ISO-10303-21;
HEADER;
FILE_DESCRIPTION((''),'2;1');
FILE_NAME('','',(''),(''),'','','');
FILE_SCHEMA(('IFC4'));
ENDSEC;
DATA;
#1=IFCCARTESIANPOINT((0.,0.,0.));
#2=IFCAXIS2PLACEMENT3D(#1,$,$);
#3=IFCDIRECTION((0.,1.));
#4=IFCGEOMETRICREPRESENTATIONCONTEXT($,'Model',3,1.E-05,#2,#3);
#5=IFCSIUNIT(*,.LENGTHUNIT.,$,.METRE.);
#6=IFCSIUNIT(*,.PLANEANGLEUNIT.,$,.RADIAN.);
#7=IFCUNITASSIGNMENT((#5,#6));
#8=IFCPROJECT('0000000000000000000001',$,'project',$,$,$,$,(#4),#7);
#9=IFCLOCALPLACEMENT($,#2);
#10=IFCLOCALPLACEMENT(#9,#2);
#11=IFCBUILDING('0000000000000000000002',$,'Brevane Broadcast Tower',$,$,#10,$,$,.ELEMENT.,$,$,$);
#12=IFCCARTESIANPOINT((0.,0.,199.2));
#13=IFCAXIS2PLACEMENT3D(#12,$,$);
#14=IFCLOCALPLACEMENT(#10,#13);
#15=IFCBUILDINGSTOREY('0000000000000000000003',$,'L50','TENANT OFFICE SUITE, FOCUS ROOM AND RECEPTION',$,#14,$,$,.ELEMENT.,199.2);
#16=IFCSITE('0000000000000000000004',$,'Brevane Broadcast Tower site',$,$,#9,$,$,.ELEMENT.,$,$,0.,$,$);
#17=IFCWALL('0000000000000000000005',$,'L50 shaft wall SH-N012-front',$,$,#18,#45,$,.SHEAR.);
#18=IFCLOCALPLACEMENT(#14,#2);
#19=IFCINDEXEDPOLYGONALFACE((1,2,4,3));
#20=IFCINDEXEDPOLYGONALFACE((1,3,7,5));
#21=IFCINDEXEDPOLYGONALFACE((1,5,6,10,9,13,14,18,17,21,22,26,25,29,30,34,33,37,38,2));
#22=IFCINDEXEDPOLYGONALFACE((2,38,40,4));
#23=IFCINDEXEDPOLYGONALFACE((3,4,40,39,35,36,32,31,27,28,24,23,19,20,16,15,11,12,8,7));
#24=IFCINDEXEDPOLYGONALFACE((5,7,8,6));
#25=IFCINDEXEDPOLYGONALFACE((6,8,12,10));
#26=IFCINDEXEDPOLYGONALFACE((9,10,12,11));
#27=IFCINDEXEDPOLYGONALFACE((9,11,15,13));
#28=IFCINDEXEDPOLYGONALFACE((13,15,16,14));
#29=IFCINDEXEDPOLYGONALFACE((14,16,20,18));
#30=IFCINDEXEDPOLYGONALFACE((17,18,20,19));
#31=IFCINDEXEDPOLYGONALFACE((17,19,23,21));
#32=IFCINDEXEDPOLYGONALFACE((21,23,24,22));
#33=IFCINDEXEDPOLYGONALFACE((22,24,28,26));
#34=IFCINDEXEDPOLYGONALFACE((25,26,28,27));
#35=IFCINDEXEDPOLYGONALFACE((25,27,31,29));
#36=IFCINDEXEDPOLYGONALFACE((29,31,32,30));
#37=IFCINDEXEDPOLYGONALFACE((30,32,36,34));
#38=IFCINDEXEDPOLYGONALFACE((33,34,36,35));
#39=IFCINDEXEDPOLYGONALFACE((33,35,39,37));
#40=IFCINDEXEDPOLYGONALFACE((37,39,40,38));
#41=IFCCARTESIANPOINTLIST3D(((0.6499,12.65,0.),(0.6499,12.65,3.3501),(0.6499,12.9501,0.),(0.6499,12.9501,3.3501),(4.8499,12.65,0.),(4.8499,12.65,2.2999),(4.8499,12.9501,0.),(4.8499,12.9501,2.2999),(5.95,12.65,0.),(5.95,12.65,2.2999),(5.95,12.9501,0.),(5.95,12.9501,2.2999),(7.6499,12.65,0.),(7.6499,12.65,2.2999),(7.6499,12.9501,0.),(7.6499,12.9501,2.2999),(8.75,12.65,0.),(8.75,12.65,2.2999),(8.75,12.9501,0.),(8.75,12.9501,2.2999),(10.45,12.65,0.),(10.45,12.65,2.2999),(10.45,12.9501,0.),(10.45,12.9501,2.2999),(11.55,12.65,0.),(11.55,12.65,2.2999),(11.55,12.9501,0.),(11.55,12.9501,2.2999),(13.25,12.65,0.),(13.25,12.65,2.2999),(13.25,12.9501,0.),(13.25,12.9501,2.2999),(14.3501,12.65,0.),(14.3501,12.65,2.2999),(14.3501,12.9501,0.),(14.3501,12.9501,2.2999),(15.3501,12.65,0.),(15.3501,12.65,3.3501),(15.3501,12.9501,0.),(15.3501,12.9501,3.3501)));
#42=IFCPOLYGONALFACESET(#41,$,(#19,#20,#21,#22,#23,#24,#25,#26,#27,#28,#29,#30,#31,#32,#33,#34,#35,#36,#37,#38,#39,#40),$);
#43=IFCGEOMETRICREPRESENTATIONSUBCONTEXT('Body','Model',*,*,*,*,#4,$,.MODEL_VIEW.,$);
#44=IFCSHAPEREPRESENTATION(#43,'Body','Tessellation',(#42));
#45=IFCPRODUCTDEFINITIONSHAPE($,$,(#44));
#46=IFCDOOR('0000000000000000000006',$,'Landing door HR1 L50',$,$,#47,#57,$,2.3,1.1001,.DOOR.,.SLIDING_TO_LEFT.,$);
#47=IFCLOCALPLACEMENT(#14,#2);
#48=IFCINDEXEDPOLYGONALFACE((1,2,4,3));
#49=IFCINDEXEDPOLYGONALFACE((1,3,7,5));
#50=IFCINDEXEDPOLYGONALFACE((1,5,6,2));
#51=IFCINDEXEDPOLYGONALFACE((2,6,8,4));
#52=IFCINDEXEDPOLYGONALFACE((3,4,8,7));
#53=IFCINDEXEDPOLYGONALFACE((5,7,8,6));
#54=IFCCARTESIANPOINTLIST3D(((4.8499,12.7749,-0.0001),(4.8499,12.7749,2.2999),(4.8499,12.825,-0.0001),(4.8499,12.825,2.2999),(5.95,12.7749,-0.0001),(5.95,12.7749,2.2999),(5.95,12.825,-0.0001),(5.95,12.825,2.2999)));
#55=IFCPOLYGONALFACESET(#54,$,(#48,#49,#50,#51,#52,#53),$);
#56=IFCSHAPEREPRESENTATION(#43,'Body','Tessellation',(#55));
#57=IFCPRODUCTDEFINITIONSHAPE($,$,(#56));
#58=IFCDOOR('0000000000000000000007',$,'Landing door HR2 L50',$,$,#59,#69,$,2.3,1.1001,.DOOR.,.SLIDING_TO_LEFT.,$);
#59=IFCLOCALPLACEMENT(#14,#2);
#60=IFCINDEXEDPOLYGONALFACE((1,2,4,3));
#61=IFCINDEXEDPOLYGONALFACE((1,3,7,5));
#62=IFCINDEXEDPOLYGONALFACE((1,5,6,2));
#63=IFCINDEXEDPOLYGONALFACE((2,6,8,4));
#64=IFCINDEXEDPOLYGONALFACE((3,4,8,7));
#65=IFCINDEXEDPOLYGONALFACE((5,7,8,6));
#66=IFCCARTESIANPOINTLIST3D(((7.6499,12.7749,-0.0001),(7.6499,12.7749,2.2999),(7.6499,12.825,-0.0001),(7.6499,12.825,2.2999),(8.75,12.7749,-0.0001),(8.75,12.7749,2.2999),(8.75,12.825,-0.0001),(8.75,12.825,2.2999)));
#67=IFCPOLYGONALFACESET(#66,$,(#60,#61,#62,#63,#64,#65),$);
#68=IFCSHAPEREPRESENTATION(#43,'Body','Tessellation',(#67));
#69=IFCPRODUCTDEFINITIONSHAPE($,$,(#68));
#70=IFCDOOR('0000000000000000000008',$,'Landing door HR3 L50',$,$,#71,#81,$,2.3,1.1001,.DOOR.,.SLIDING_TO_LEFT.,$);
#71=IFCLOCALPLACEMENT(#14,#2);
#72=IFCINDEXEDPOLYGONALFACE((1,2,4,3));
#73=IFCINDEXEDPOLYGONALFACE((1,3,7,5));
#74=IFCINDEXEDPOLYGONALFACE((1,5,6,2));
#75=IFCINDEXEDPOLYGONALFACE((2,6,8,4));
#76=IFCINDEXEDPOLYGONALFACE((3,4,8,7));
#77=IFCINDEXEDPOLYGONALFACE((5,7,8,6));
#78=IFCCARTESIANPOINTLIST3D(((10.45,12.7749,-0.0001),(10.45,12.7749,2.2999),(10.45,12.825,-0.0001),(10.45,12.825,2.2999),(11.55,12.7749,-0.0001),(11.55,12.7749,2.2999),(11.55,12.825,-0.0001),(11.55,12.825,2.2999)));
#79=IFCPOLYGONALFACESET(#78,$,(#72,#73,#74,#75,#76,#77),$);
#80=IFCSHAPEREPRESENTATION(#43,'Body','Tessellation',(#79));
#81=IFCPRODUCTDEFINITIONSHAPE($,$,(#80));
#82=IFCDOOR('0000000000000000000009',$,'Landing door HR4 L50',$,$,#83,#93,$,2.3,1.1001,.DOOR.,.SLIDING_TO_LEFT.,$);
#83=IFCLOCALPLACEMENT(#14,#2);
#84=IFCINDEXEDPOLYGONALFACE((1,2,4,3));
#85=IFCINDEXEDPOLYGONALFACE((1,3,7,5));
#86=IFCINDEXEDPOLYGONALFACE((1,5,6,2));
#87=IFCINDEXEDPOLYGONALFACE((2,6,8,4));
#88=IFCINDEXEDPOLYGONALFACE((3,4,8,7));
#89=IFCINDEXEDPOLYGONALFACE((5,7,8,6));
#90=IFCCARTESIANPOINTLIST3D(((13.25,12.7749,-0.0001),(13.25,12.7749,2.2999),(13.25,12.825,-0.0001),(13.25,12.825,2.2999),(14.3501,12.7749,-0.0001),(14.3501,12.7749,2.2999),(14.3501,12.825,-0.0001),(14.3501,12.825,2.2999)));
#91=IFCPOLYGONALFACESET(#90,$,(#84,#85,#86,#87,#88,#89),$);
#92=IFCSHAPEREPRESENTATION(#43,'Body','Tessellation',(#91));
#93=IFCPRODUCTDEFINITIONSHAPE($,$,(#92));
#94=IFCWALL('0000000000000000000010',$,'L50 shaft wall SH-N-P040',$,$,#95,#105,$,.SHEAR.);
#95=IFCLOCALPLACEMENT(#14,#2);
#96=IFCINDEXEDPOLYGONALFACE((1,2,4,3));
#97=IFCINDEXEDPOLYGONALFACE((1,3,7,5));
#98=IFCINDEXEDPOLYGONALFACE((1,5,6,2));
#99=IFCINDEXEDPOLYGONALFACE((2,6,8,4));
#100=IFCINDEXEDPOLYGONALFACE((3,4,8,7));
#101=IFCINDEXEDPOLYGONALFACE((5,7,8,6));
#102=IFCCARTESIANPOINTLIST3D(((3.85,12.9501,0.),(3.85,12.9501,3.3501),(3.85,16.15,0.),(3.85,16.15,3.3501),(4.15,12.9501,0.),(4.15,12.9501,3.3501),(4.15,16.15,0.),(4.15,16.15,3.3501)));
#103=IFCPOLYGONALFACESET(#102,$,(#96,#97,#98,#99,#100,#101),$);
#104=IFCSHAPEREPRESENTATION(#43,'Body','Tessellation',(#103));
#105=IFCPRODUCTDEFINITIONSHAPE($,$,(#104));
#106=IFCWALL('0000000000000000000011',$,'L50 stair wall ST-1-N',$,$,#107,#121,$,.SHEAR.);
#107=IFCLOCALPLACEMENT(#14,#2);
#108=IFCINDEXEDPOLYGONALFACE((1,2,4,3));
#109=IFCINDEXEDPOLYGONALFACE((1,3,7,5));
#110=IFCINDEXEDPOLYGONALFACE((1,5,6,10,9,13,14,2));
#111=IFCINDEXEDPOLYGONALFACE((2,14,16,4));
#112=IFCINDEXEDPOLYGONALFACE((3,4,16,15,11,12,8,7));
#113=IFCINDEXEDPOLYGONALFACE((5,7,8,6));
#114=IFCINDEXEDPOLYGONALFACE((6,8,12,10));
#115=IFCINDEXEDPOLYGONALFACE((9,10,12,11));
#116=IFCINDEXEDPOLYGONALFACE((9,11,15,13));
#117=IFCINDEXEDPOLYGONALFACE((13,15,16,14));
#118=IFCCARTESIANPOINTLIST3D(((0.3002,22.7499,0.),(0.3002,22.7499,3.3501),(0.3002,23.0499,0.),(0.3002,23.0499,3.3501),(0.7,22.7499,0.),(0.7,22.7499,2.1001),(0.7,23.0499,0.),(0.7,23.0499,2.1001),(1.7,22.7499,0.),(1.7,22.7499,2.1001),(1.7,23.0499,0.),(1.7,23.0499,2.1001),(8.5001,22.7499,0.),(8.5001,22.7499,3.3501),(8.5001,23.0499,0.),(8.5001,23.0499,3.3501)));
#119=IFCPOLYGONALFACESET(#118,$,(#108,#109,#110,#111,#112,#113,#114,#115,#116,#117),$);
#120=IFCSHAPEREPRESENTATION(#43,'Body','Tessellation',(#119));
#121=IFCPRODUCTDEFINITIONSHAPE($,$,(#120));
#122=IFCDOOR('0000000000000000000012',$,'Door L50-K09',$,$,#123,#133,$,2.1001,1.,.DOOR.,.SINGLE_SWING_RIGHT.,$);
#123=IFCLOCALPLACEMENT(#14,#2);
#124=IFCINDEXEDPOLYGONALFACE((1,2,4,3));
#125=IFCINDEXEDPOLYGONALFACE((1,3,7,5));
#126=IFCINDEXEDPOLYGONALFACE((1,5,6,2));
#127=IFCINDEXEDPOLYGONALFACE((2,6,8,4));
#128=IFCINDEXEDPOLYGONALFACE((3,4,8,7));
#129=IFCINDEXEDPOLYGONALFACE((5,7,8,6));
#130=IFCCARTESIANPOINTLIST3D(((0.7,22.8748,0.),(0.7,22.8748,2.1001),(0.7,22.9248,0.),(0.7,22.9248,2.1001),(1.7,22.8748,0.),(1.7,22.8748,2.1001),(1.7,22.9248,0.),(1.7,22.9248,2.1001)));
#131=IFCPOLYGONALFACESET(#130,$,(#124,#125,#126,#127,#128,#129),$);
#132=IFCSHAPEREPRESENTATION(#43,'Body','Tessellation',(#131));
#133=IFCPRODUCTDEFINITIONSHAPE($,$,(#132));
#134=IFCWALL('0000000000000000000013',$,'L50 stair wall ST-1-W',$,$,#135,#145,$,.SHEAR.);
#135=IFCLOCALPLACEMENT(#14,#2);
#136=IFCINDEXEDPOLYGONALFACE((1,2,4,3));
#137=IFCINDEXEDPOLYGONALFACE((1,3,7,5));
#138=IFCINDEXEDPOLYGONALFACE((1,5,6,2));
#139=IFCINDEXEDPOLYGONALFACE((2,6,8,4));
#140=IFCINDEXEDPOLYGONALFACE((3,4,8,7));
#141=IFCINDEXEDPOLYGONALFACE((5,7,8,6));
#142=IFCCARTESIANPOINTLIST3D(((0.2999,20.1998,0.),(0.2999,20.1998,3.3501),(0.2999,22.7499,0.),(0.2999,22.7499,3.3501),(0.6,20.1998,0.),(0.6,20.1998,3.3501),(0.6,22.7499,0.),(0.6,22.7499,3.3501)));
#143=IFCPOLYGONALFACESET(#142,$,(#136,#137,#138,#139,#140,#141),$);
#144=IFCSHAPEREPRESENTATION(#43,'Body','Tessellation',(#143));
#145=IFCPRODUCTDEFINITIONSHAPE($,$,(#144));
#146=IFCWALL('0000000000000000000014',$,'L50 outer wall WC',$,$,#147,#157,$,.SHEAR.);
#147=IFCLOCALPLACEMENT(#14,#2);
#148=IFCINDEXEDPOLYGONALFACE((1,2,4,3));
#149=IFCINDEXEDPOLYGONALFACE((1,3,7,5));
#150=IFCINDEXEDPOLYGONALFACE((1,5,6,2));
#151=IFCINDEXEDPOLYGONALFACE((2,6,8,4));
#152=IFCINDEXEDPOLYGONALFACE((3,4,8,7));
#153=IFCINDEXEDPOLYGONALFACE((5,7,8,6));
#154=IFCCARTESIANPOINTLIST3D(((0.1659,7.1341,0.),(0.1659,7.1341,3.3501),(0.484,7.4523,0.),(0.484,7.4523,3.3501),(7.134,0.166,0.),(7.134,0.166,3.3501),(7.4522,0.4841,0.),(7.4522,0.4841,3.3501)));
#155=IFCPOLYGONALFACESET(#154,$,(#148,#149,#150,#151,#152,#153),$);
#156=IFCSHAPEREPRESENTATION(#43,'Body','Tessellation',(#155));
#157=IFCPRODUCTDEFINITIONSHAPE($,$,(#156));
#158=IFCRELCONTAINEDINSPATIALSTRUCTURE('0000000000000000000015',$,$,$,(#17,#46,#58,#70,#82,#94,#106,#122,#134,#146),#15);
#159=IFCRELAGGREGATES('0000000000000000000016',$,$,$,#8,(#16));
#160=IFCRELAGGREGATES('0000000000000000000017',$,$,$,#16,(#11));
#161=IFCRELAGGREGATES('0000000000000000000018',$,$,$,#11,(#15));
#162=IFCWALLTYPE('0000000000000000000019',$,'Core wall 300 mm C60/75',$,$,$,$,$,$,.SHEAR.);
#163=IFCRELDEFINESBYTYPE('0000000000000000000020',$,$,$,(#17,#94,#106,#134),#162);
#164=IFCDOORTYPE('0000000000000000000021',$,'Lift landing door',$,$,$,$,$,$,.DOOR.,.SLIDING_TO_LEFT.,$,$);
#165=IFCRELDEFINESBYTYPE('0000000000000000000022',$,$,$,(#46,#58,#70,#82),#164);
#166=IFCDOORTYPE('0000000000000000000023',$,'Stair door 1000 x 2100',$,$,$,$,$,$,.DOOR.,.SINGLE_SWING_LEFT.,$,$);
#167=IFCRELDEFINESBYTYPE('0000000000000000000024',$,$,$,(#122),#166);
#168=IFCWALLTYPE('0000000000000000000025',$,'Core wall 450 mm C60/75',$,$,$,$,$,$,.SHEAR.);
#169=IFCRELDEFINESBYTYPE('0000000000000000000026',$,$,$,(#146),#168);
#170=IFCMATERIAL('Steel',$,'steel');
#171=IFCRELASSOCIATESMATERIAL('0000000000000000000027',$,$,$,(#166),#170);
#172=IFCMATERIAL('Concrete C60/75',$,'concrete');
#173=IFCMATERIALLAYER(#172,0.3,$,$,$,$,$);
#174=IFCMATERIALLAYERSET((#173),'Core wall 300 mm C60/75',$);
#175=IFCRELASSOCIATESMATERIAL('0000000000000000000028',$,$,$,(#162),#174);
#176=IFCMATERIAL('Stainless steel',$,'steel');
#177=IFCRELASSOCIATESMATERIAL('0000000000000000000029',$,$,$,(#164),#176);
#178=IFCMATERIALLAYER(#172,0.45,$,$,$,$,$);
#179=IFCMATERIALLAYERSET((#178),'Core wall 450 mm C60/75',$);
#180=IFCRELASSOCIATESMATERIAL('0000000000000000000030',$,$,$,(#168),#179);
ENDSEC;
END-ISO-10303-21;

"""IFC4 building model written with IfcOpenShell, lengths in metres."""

from ifc_helpers import new_model, si_unit, direction, frame, frame_2d, origin, place, context, subcontext, project, spatial, rectangle, extrude, material, layer, layer_set, type_object, element, fill, save


model = new_model("IFC4")

# Units and contexts
model_context = context("Model", 3, precision=1e-05, world=origin(), true_north=direction((0.0, 1.0)))
body_context = subcontext(model_context, "Body", "Model", "MODEL_VIEW")
ifc_project = project(units=[si_unit("LENGTHUNIT", "METRE"), si_unit("PLANEANGLEUNIT", "RADIAN")], contexts=[model_context])

# Site, building, storey
site_placement = place(None, origin())
site = spatial("IfcSite", under=ifc_project, at=site_placement, Name="Brevane Broadcast Tower site", CompositionType="ELEMENT", RefElevation=0.0)
building_placement = place(site_placement, origin())
building = spatial("IfcBuilding", under=site, at=building_placement, Name="Brevane Broadcast Tower", CompositionType="ELEMENT")
storey_placement = place(building_placement, frame((0.0, 0.0, 199.2)))
storey = spatial("IfcBuildingStorey", under=building, at=storey_placement, Name="L50", Description="TENANT OFFICE SUITE, FOCUS ROOM AND RECEPTION", CompositionType="ELEMENT", Elevation=199.2)

# Shared definitions
ifc_material_1 = material(Name="Steel", Category="steel")
door_type_1 = type_object("IfcDoorType", Name="Stair door 1000 x 2100", OperationType="SINGLE_SWING_LEFT", PredefinedType="DOOR", material=ifc_material_1)

# Wall, openings, doors
ifc_material_2 = material(Name="Concrete C60/75", Category="concrete")
ifc_layer_1 = layer(ifc_material_2, 0.3)
ifc_layer_set_1 = layer_set([ifc_layer_1], Name="Core wall 300 mm C60/75")
wall_type_1 = type_object("IfcWallType", Name="Core wall 300 mm C60/75", PredefinedType="SHEAR", material=ifc_layer_set_1)
wall_1_placement = place(storey_placement, frame((0.6499, 12.8, 0.0), z_axis=(0.0, 0.0, 1.0), x_axis=(1.0, 0.0, 0.0)))
wall_1 = element("IfcWall", 1, at=wall_1_placement, inside=storey, type_object=wall_type_1, Name="L50 shaft wall SH-N012-front", PredefinedType="SHEAR", context=body_context, shape_type="SweptSolid", body=[
    extrude(rectangle(XDim=14.7002, YDim=0.3, at=frame_2d((7.3501, 0.0))), origin(), (0.0, 0.0, 1.0), 3.3501),
])
opening_1_placement = place(wall_1_placement, frame((4.2, 0.0, 0.0)))
opening_1 = element("IfcOpeningElement", 2, at=opening_1_placement, cuts=wall_1, PredefinedType="OPENING", context=body_context, shape_type="SweptSolid", body=[
    extrude(rectangle(XDim=1.1001, YDim=2.3, at=frame_2d((0.55, 1.1499))), frame((0.0, 0.1599, 0.0), z_axis=(0.0, -1.0, 0.0), x_axis=(1.0, 0.0, 0.0)), (0.0, 0.0, 1.0), 0.3201),
])
opening_2_placement = place(wall_1_placement, frame((7.0, 0.0, 0.0)))
opening_2 = element("IfcOpeningElement", 3, at=opening_2_placement, cuts=wall_1, PredefinedType="OPENING", context=body_context, shape_type="SweptSolid", body=[
    extrude(rectangle(XDim=1.1001, YDim=2.3, at=frame_2d((0.55, 1.1499))), frame((0.0, 0.1599, 0.0), z_axis=(0.0, -1.0, 0.0), x_axis=(1.0, 0.0, 0.0)), (0.0, 0.0, 1.0), 0.3201),
])
opening_3_placement = place(wall_1_placement, frame((9.8, 0.0, 0.0)))
opening_3 = element("IfcOpeningElement", 4, at=opening_3_placement, cuts=wall_1, PredefinedType="OPENING", context=body_context, shape_type="SweptSolid", body=[
    extrude(rectangle(XDim=1.1001, YDim=2.3, at=frame_2d((0.55, 1.1499))), frame((0.0, 0.1599, 0.0), z_axis=(0.0, -1.0, 0.0), x_axis=(1.0, 0.0, 0.0)), (0.0, 0.0, 1.0), 0.3201),
])
opening_4_placement = place(wall_1_placement, frame((12.6001, 0.0, 0.0)))
opening_4 = element("IfcOpeningElement", 5, at=opening_4_placement, cuts=wall_1, PredefinedType="OPENING", context=body_context, shape_type="SweptSolid", body=[
    extrude(rectangle(XDim=1.1001, YDim=2.3, at=frame_2d((0.55, 1.1499))), frame((0.0, 0.1599, 0.0), z_axis=(0.0, -1.0, 0.0), x_axis=(1.0, 0.0, 0.0)), (0.0, 0.0, 1.0), 0.3201),
])
ifc_material_3 = material(Name="Stainless steel", Category="steel")
door_type_2 = type_object("IfcDoorType", Name="Lift landing door", OperationType="SLIDING_TO_LEFT", PredefinedType="DOOR", material=ifc_material_3)
door_1_placement = place(opening_1_placement, origin())
door_1 = element("IfcDoor", 6, at=door_1_placement, inside=storey, type_object=door_type_2, Name="Landing door HR1 L50", OperationType="SLIDING_TO_LEFT", OverallHeight=2.3, OverallWidth=1.1001, PredefinedType="DOOR", context=body_context, shape_type="SweptSolid", body=[
    extrude(rectangle(XDim=1.1001, YDim=2.3, at=frame_2d((0.55, 1.1499))), frame((0.0, 0.0249, 0.0), z_axis=(0.0, -1.0, 0.0), x_axis=(1.0, 0.0, 0.0)), (0.0, 0.0, 1.0), 0.05),
])
fill(opening_1, door_1)
door_2_placement = place(opening_2_placement, origin())
door_2 = element("IfcDoor", 7, at=door_2_placement, inside=storey, type_object=door_type_2, Name="Landing door HR2 L50", OperationType="SLIDING_TO_LEFT", OverallHeight=2.3, OverallWidth=1.1001, PredefinedType="DOOR", context=body_context, shape_type="SweptSolid", body=[
    extrude(rectangle(XDim=1.1001, YDim=2.3, at=frame_2d((0.55, 1.1499))), frame((0.0, 0.0249, 0.0), z_axis=(0.0, -1.0, 0.0), x_axis=(1.0, 0.0, 0.0)), (0.0, 0.0, 1.0), 0.05),
])
fill(opening_2, door_2)
door_3_placement = place(opening_3_placement, origin())
door_3 = element("IfcDoor", 8, at=door_3_placement, inside=storey, type_object=door_type_2, Name="Landing door HR3 L50", OperationType="SLIDING_TO_LEFT", OverallHeight=2.3, OverallWidth=1.1001, PredefinedType="DOOR", context=body_context, shape_type="SweptSolid", body=[
    extrude(rectangle(XDim=1.1001, YDim=2.3, at=frame_2d((0.55, 1.1499))), frame((0.0, 0.0249, 0.0), z_axis=(0.0, -1.0, 0.0), x_axis=(1.0, 0.0, 0.0)), (0.0, 0.0, 1.0), 0.05),
])
fill(opening_3, door_3)
door_4_placement = place(opening_4_placement, origin())
door_4 = element("IfcDoor", 9, at=door_4_placement, inside=storey, type_object=door_type_2, Name="Landing door HR4 L50", OperationType="SLIDING_TO_LEFT", OverallHeight=2.3, OverallWidth=1.1001, PredefinedType="DOOR", context=body_context, shape_type="SweptSolid", body=[
    extrude(rectangle(XDim=1.1001, YDim=2.3, at=frame_2d((0.55, 1.1499))), frame((0.0, 0.0249, 0.0), z_axis=(0.0, -1.0, 0.0), x_axis=(1.0, 0.0, 0.0)), (0.0, 0.0, 1.0), 0.05),
])
fill(opening_4, door_4)

# Wall
wall_2_placement = place(storey_placement, frame((4.0, 12.95, 0.0), z_axis=(0.0, 0.0, 1.0), x_axis=(0.0, 1.0, 0.0)))
element("IfcWall", 10, at=wall_2_placement, inside=storey, type_object=wall_type_1, Name="L50 shaft wall SH-N-P040", PredefinedType="SHEAR", context=body_context, shape_type="SweptSolid", body=[
    extrude(rectangle(XDim=3.2, YDim=0.3, at=frame_2d((1.6001, 0.0))), origin(), (0.0, 0.0, 1.0), 3.3501),
])

# Wall, opening, door
wall_3_placement = place(storey_placement, frame((0.3, 22.8999, 0.0), z_axis=(0.0, 0.0, 1.0), x_axis=(1.0, 0.0, 0.0)))
wall_3 = element("IfcWall", 11, at=wall_3_placement, inside=storey, type_object=wall_type_1, Name="L50 stair wall ST-1-N", PredefinedType="SHEAR", context=body_context, shape_type="SweptSolid", body=[
    extrude(rectangle(XDim=8.2, YDim=0.3, at=frame_2d((4.1001, 0.0))), origin(), (0.0, 0.0, 1.0), 3.3501),
])
opening_5_placement = place(wall_3_placement, frame((0.3999, 0.0, 0.0)))
opening_5 = element("IfcOpeningElement", 12, at=opening_5_placement, cuts=wall_3, PredefinedType="OPENING", context=body_context, shape_type="SweptSolid", body=[
    extrude(rectangle(XDim=1.0, YDim=2.1001, at=frame_2d((0.5, 1.05))), frame((0.0, 0.1599, 0.0), z_axis=(0.0, -1.0, 0.0), x_axis=(1.0, 0.0, 0.0)), (0.0, 0.0, 1.0), 0.3201),
])
door_5_placement = place(opening_5_placement, origin())
door_5 = element("IfcDoor", 13, at=door_5_placement, inside=storey, type_object=door_type_1, Name="Door L50-K09", OperationType="SINGLE_SWING_RIGHT", OverallHeight=2.1001, OverallWidth=1.0, PredefinedType="DOOR", context=body_context, shape_type="SweptSolid", body=[
    extrude(rectangle(XDim=1.0, YDim=2.1001, at=frame_2d((0.5, 1.05))), frame((0.0, 0.0249, 0.0), z_axis=(0.0, -1.0, 0.0), x_axis=(1.0, 0.0, 0.0)), (0.0, 0.0, 1.0), 0.05),
])
fill(opening_5, door_5)

# Walls
wall_4_placement = place(storey_placement, frame((0.45, 20.2, 0.0), z_axis=(0.0, 0.0, 1.0), x_axis=(0.0, 1.0, 0.0)))
element("IfcWall", 14, at=wall_4_placement, inside=storey, type_object=wall_type_1, Name="L50 stair wall ST-1-W", PredefinedType="SHEAR", context=body_context, shape_type="SweptSolid", body=[
    extrude(rectangle(XDim=2.55, YDim=0.3, at=frame_2d((1.2749, 0.0))), origin(), (0.0, 0.0, 1.0), 3.3501),
])
ifc_layer_2 = layer(ifc_material_2, 0.45)
ifc_layer_set_2 = layer_set([ifc_layer_2], Name="Core wall 450 mm C60/75")
wall_type_2 = type_object("IfcWallType", Name="Core wall 450 mm C60/75", PredefinedType="SHEAR", material=ifc_layer_set_2)
wall_5_placement = place(storey_placement, frame((0.325, 7.2932, 0.0), z_axis=(0.0, 0.0, 1.0), x_axis=(0.707107, -0.707107, 0.0)))
element("IfcWall", 15, at=wall_5_placement, inside=storey, type_object=wall_type_2, Name="L50 outer wall WC", PredefinedType="SHEAR", context=body_context, shape_type="SweptSolid", body=[
    extrude(rectangle(XDim=9.8545, YDim=0.45, at=frame_2d((4.9272, 0.0))), origin(), (0.0, 0.0, 1.0), 3.3501),
])

save(model, "model.ifc")
